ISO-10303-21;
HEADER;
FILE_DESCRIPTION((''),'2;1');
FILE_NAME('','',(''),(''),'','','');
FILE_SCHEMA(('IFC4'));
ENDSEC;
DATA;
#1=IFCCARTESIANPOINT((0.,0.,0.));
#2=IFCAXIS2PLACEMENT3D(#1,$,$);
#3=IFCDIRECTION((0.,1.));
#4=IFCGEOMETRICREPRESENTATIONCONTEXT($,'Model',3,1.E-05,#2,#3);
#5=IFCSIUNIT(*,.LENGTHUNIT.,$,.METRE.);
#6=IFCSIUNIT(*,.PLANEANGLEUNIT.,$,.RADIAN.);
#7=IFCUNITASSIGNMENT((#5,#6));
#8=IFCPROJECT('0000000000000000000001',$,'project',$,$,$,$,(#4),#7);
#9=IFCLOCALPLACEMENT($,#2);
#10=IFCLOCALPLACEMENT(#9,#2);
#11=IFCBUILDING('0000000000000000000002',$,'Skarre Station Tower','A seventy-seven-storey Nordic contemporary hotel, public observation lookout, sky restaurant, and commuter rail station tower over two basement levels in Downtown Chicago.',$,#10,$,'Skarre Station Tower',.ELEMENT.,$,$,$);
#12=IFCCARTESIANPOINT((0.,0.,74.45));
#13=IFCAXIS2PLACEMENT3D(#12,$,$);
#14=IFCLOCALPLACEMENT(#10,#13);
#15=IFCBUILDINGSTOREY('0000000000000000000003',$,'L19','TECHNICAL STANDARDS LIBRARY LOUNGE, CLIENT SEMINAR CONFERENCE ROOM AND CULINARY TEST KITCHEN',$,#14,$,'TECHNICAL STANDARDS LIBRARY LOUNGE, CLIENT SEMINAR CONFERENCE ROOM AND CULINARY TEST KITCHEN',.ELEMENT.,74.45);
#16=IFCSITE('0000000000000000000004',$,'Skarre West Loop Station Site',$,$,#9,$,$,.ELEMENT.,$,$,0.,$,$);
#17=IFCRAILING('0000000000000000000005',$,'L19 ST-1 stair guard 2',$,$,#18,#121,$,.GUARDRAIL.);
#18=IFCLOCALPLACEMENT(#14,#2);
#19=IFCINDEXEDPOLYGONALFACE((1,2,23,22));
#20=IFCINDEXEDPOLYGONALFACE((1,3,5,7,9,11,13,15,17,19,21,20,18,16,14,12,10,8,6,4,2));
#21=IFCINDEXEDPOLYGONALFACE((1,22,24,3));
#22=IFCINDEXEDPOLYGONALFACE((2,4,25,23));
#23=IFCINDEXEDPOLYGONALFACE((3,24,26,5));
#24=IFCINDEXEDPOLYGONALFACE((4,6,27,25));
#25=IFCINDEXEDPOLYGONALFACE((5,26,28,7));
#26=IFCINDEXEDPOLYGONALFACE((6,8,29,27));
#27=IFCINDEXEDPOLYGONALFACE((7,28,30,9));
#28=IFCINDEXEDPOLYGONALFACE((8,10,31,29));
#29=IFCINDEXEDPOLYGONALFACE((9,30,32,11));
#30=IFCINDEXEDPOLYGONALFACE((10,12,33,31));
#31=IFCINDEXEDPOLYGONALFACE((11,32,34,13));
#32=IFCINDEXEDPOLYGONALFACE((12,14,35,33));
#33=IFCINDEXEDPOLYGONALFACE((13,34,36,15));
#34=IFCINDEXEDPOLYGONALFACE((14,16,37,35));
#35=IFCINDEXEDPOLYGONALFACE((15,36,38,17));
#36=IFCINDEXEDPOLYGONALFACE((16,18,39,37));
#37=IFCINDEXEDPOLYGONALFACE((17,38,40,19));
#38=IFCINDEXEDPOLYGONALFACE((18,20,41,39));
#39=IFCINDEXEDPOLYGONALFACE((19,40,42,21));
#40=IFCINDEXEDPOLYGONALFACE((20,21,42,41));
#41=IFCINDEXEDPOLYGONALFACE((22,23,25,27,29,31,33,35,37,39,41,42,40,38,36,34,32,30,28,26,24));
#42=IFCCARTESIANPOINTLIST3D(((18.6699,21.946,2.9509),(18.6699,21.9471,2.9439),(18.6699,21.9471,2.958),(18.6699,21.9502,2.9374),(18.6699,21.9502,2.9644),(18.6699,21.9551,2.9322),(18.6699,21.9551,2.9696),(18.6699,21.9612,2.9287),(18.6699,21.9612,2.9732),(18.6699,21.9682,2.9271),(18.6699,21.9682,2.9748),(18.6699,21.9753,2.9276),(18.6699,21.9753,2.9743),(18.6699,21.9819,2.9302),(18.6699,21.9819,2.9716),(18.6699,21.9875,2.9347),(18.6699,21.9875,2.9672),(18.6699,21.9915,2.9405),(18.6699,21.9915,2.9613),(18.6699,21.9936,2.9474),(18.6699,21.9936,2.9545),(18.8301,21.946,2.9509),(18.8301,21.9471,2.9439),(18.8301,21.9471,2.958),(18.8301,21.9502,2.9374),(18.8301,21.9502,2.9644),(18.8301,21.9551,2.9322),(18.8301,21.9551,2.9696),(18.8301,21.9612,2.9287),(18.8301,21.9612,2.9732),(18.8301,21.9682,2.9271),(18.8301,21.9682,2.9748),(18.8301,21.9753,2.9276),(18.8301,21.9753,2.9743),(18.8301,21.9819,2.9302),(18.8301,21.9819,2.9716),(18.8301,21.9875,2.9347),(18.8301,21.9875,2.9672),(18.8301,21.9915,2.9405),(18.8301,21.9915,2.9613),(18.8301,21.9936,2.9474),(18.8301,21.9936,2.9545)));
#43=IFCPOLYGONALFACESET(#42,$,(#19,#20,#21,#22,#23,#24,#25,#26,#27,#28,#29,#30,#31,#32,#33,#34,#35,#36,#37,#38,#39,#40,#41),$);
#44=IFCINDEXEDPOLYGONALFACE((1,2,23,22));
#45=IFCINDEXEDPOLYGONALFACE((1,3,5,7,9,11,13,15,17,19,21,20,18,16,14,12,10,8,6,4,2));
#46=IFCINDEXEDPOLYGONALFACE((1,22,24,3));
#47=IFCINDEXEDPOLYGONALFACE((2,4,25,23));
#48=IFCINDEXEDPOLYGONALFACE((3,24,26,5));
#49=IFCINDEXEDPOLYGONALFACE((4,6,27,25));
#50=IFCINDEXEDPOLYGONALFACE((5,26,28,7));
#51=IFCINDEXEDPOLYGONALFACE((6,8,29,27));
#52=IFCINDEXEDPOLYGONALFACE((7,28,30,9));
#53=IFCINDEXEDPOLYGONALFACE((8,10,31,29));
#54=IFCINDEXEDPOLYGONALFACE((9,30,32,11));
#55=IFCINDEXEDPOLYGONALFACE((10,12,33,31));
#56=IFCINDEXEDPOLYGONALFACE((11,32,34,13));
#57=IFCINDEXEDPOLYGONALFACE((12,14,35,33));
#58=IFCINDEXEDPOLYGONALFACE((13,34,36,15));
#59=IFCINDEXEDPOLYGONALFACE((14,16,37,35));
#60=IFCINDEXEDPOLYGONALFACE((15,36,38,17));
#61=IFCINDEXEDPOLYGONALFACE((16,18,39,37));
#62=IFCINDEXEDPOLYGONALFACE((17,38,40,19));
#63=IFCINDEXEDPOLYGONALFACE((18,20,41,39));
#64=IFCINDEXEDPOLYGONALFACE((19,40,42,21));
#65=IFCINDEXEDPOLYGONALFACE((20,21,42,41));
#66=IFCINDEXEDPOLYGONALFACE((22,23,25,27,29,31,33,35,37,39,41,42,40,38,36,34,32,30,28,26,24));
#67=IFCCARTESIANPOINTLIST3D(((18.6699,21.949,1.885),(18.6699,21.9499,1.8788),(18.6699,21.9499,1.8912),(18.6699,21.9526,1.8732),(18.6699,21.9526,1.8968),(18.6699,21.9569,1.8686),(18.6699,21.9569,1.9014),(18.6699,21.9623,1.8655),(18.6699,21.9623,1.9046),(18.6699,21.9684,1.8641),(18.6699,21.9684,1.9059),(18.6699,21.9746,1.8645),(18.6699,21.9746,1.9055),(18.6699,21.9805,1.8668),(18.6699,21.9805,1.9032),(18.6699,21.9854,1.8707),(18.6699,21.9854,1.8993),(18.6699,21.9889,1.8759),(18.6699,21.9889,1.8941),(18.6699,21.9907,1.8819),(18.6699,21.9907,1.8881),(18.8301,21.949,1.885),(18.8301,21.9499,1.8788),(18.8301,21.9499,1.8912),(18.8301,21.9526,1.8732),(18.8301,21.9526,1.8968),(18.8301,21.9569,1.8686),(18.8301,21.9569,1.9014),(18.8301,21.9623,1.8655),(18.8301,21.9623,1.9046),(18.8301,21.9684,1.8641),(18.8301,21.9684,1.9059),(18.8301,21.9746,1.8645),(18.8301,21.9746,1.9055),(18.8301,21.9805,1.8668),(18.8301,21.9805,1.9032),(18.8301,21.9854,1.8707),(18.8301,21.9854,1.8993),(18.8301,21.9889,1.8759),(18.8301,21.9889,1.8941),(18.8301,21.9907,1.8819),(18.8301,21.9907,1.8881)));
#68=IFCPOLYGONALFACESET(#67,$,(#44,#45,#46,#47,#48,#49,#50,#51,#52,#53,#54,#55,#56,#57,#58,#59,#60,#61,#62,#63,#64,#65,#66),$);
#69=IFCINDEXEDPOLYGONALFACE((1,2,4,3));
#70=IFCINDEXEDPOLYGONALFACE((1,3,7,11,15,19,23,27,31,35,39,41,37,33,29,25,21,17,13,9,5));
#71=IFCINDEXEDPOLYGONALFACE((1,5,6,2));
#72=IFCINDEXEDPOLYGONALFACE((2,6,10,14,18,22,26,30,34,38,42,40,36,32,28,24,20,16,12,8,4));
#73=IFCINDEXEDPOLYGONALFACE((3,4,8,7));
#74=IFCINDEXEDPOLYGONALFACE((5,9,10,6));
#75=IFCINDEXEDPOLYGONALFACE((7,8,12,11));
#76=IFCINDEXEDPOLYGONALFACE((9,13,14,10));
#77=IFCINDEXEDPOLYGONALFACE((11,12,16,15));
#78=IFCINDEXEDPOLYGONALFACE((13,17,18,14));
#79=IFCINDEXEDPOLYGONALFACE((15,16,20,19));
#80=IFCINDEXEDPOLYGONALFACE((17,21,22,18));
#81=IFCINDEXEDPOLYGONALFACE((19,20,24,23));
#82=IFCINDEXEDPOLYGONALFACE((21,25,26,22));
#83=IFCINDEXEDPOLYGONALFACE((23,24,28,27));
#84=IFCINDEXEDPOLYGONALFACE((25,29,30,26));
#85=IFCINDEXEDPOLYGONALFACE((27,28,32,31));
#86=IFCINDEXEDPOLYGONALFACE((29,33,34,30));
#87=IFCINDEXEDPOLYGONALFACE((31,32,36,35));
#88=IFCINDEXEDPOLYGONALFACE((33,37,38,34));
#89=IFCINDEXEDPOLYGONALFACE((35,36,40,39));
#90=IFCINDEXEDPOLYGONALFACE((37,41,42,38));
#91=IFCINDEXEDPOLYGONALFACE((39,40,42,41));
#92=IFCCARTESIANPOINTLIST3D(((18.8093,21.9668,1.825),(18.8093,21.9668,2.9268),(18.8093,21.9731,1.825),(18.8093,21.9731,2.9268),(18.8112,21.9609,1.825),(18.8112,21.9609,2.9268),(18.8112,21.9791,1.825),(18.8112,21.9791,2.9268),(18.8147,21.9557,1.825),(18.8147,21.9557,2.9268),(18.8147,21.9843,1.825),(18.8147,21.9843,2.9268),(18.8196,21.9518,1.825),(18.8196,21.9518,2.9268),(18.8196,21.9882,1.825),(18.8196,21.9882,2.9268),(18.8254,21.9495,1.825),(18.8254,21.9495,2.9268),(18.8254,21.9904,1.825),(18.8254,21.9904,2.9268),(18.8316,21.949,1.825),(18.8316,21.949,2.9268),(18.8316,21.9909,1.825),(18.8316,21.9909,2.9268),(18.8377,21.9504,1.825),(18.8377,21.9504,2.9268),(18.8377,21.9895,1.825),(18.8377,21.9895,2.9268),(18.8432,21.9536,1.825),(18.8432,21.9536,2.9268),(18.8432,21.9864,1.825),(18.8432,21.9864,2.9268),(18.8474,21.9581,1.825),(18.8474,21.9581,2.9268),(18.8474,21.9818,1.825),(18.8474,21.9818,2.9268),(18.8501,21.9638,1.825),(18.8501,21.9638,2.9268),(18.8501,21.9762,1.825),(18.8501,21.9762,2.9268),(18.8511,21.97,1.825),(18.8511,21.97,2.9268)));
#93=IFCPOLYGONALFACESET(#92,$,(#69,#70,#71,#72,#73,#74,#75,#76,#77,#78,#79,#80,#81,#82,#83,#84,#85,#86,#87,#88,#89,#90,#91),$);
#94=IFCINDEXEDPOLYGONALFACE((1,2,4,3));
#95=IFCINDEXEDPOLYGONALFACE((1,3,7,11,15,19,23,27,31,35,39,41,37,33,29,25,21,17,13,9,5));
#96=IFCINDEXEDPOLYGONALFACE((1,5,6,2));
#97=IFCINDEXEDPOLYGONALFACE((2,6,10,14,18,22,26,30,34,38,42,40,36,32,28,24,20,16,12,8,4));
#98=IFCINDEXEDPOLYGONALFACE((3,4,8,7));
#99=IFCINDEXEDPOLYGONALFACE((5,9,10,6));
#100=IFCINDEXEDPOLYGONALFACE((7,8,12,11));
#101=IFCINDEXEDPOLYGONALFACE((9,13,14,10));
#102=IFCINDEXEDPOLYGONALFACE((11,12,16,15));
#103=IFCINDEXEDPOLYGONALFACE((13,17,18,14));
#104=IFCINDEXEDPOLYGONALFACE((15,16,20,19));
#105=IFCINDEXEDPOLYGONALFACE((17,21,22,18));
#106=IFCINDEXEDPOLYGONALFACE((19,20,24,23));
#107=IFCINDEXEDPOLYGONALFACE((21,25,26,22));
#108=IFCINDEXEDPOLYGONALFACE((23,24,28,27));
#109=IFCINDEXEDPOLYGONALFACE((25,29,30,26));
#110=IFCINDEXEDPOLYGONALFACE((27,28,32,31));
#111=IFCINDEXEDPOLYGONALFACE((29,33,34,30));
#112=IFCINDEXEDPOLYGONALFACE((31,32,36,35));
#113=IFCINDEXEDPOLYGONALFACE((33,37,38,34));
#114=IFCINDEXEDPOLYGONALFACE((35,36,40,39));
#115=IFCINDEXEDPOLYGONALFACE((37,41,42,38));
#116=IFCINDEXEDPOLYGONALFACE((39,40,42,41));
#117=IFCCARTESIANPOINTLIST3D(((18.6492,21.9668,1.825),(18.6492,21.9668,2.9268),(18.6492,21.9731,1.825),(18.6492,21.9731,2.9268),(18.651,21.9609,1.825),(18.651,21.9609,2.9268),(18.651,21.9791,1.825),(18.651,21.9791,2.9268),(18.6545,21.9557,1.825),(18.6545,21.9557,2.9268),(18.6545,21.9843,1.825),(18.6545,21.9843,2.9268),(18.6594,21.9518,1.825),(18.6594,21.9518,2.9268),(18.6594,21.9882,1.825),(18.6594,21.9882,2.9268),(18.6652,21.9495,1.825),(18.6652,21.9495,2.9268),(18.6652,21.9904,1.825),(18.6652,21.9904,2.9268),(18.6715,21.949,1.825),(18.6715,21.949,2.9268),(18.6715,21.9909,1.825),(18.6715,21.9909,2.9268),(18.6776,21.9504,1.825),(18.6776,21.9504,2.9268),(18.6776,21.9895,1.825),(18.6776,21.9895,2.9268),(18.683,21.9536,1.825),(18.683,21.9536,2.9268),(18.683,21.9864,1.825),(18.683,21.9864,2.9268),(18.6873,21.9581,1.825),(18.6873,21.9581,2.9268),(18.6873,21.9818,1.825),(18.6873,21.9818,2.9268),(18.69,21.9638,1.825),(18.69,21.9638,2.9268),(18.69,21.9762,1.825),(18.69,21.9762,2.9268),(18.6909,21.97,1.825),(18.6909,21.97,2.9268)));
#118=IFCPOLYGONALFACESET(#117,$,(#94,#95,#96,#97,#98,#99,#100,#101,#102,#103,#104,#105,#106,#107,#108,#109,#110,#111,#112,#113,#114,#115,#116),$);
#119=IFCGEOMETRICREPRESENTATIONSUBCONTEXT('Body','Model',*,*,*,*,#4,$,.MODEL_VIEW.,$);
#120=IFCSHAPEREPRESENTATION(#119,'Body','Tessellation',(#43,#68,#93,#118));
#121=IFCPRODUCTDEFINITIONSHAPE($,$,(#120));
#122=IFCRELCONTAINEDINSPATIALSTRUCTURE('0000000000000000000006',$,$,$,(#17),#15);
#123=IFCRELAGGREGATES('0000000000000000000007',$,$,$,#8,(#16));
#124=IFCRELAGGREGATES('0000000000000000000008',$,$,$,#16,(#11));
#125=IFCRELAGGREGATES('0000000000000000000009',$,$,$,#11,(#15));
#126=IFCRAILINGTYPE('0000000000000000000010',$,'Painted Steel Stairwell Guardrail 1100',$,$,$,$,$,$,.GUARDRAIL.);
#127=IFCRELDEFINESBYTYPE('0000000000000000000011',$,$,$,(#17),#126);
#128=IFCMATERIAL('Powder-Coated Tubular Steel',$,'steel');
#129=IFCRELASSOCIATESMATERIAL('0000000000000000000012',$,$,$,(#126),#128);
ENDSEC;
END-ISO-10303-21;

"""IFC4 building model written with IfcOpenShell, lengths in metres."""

from ifc_helpers import new_model, si_unit, direction, frame, origin, origin_2d, place, context, subcontext, project, spatial, circle, extrude, material, type_object, element, save


model = new_model("IFC4")

# Units and contexts
model_context = context("Model", 3, precision=1e-05, world=origin(), true_north=direction((0.0, 1.0)))
body_context = subcontext(model_context, "Body", "Model", "MODEL_VIEW")
ifc_project = project(units=[si_unit("LENGTHUNIT", "METRE"), si_unit("PLANEANGLEUNIT", "RADIAN")], contexts=[model_context])

# Site, building, storey
site_placement = place(None, origin())
site = spatial("IfcSite", under=ifc_project, at=site_placement, Name="Skarre West Loop Station Site", CompositionType="ELEMENT", RefElevation=0.0)
building_placement = place(site_placement, origin())
building = spatial("IfcBuilding", under=site, at=building_placement, Name="Skarre Station Tower", Description="A seventy-seven-storey Nordic contemporary hotel, public observation lookout, sky restaurant, and commuter rail station tower over two basement levels in Downtown Chicago.", LongName="Skarre Station Tower", CompositionType="ELEMENT")
storey_placement = place(building_placement, frame((0.0, 0.0, 74.45)))
storey = spatial("IfcBuildingStorey", under=building, at=storey_placement, Name="L19", Description="TECHNICAL STANDARDS LIBRARY LOUNGE, CLIENT SEMINAR CONFERENCE ROOM AND CULINARY TEST KITCHEN", LongName="TECHNICAL STANDARDS LIBRARY LOUNGE, CLIENT SEMINAR CONFERENCE ROOM AND CULINARY TEST KITCHEN", CompositionType="ELEMENT", Elevation=74.45)

# Railing
ifc_material_1 = material(Name="Powder-Coated Tubular Steel", Category="steel")
railing_type = type_object("IfcRailingType", Name="Painted Steel Stairwell Guardrail 1100", PredefinedType="GUARDRAIL", material=ifc_material_1)
railing_placement = place(storey_placement, frame((18.8301, 21.97, 1.825)))
element("IfcRailing", 1, at=railing_placement, inside=storey, type_object=railing_type, Name="L19 ST-1 stair guard 2", PredefinedType="GUARDRAIL", context=body_context, shape_type="SweptSolid", body=[
    extrude(circle(Radius=0.0239, at=origin_2d()), frame((0.0, 0.0, 1.126), z_axis=(-1.0, 0.0, 0.0), x_axis=(0.0, -1.0, 0.0)), (0.0, 0.0, 1.0), 0.1602),
    extrude(circle(Radius=0.021, at=origin_2d()), frame((0.0, 0.0, 0.0601), z_axis=(-1.0, 0.0, 0.0), x_axis=(0.0, -1.0, 0.0)), (0.0, 0.0, 1.0), 0.1602),
    extrude(circle(Radius=0.021, at=origin_2d()), origin(), (0.0, 0.0, 1.0), 1.1018),
    extrude(circle(Radius=0.021, at=origin_2d()), frame((-0.1602, 0.0, 0.0)), (0.0, 0.0, 1.0), 1.1018),
])

save(model, "model.ifc")
